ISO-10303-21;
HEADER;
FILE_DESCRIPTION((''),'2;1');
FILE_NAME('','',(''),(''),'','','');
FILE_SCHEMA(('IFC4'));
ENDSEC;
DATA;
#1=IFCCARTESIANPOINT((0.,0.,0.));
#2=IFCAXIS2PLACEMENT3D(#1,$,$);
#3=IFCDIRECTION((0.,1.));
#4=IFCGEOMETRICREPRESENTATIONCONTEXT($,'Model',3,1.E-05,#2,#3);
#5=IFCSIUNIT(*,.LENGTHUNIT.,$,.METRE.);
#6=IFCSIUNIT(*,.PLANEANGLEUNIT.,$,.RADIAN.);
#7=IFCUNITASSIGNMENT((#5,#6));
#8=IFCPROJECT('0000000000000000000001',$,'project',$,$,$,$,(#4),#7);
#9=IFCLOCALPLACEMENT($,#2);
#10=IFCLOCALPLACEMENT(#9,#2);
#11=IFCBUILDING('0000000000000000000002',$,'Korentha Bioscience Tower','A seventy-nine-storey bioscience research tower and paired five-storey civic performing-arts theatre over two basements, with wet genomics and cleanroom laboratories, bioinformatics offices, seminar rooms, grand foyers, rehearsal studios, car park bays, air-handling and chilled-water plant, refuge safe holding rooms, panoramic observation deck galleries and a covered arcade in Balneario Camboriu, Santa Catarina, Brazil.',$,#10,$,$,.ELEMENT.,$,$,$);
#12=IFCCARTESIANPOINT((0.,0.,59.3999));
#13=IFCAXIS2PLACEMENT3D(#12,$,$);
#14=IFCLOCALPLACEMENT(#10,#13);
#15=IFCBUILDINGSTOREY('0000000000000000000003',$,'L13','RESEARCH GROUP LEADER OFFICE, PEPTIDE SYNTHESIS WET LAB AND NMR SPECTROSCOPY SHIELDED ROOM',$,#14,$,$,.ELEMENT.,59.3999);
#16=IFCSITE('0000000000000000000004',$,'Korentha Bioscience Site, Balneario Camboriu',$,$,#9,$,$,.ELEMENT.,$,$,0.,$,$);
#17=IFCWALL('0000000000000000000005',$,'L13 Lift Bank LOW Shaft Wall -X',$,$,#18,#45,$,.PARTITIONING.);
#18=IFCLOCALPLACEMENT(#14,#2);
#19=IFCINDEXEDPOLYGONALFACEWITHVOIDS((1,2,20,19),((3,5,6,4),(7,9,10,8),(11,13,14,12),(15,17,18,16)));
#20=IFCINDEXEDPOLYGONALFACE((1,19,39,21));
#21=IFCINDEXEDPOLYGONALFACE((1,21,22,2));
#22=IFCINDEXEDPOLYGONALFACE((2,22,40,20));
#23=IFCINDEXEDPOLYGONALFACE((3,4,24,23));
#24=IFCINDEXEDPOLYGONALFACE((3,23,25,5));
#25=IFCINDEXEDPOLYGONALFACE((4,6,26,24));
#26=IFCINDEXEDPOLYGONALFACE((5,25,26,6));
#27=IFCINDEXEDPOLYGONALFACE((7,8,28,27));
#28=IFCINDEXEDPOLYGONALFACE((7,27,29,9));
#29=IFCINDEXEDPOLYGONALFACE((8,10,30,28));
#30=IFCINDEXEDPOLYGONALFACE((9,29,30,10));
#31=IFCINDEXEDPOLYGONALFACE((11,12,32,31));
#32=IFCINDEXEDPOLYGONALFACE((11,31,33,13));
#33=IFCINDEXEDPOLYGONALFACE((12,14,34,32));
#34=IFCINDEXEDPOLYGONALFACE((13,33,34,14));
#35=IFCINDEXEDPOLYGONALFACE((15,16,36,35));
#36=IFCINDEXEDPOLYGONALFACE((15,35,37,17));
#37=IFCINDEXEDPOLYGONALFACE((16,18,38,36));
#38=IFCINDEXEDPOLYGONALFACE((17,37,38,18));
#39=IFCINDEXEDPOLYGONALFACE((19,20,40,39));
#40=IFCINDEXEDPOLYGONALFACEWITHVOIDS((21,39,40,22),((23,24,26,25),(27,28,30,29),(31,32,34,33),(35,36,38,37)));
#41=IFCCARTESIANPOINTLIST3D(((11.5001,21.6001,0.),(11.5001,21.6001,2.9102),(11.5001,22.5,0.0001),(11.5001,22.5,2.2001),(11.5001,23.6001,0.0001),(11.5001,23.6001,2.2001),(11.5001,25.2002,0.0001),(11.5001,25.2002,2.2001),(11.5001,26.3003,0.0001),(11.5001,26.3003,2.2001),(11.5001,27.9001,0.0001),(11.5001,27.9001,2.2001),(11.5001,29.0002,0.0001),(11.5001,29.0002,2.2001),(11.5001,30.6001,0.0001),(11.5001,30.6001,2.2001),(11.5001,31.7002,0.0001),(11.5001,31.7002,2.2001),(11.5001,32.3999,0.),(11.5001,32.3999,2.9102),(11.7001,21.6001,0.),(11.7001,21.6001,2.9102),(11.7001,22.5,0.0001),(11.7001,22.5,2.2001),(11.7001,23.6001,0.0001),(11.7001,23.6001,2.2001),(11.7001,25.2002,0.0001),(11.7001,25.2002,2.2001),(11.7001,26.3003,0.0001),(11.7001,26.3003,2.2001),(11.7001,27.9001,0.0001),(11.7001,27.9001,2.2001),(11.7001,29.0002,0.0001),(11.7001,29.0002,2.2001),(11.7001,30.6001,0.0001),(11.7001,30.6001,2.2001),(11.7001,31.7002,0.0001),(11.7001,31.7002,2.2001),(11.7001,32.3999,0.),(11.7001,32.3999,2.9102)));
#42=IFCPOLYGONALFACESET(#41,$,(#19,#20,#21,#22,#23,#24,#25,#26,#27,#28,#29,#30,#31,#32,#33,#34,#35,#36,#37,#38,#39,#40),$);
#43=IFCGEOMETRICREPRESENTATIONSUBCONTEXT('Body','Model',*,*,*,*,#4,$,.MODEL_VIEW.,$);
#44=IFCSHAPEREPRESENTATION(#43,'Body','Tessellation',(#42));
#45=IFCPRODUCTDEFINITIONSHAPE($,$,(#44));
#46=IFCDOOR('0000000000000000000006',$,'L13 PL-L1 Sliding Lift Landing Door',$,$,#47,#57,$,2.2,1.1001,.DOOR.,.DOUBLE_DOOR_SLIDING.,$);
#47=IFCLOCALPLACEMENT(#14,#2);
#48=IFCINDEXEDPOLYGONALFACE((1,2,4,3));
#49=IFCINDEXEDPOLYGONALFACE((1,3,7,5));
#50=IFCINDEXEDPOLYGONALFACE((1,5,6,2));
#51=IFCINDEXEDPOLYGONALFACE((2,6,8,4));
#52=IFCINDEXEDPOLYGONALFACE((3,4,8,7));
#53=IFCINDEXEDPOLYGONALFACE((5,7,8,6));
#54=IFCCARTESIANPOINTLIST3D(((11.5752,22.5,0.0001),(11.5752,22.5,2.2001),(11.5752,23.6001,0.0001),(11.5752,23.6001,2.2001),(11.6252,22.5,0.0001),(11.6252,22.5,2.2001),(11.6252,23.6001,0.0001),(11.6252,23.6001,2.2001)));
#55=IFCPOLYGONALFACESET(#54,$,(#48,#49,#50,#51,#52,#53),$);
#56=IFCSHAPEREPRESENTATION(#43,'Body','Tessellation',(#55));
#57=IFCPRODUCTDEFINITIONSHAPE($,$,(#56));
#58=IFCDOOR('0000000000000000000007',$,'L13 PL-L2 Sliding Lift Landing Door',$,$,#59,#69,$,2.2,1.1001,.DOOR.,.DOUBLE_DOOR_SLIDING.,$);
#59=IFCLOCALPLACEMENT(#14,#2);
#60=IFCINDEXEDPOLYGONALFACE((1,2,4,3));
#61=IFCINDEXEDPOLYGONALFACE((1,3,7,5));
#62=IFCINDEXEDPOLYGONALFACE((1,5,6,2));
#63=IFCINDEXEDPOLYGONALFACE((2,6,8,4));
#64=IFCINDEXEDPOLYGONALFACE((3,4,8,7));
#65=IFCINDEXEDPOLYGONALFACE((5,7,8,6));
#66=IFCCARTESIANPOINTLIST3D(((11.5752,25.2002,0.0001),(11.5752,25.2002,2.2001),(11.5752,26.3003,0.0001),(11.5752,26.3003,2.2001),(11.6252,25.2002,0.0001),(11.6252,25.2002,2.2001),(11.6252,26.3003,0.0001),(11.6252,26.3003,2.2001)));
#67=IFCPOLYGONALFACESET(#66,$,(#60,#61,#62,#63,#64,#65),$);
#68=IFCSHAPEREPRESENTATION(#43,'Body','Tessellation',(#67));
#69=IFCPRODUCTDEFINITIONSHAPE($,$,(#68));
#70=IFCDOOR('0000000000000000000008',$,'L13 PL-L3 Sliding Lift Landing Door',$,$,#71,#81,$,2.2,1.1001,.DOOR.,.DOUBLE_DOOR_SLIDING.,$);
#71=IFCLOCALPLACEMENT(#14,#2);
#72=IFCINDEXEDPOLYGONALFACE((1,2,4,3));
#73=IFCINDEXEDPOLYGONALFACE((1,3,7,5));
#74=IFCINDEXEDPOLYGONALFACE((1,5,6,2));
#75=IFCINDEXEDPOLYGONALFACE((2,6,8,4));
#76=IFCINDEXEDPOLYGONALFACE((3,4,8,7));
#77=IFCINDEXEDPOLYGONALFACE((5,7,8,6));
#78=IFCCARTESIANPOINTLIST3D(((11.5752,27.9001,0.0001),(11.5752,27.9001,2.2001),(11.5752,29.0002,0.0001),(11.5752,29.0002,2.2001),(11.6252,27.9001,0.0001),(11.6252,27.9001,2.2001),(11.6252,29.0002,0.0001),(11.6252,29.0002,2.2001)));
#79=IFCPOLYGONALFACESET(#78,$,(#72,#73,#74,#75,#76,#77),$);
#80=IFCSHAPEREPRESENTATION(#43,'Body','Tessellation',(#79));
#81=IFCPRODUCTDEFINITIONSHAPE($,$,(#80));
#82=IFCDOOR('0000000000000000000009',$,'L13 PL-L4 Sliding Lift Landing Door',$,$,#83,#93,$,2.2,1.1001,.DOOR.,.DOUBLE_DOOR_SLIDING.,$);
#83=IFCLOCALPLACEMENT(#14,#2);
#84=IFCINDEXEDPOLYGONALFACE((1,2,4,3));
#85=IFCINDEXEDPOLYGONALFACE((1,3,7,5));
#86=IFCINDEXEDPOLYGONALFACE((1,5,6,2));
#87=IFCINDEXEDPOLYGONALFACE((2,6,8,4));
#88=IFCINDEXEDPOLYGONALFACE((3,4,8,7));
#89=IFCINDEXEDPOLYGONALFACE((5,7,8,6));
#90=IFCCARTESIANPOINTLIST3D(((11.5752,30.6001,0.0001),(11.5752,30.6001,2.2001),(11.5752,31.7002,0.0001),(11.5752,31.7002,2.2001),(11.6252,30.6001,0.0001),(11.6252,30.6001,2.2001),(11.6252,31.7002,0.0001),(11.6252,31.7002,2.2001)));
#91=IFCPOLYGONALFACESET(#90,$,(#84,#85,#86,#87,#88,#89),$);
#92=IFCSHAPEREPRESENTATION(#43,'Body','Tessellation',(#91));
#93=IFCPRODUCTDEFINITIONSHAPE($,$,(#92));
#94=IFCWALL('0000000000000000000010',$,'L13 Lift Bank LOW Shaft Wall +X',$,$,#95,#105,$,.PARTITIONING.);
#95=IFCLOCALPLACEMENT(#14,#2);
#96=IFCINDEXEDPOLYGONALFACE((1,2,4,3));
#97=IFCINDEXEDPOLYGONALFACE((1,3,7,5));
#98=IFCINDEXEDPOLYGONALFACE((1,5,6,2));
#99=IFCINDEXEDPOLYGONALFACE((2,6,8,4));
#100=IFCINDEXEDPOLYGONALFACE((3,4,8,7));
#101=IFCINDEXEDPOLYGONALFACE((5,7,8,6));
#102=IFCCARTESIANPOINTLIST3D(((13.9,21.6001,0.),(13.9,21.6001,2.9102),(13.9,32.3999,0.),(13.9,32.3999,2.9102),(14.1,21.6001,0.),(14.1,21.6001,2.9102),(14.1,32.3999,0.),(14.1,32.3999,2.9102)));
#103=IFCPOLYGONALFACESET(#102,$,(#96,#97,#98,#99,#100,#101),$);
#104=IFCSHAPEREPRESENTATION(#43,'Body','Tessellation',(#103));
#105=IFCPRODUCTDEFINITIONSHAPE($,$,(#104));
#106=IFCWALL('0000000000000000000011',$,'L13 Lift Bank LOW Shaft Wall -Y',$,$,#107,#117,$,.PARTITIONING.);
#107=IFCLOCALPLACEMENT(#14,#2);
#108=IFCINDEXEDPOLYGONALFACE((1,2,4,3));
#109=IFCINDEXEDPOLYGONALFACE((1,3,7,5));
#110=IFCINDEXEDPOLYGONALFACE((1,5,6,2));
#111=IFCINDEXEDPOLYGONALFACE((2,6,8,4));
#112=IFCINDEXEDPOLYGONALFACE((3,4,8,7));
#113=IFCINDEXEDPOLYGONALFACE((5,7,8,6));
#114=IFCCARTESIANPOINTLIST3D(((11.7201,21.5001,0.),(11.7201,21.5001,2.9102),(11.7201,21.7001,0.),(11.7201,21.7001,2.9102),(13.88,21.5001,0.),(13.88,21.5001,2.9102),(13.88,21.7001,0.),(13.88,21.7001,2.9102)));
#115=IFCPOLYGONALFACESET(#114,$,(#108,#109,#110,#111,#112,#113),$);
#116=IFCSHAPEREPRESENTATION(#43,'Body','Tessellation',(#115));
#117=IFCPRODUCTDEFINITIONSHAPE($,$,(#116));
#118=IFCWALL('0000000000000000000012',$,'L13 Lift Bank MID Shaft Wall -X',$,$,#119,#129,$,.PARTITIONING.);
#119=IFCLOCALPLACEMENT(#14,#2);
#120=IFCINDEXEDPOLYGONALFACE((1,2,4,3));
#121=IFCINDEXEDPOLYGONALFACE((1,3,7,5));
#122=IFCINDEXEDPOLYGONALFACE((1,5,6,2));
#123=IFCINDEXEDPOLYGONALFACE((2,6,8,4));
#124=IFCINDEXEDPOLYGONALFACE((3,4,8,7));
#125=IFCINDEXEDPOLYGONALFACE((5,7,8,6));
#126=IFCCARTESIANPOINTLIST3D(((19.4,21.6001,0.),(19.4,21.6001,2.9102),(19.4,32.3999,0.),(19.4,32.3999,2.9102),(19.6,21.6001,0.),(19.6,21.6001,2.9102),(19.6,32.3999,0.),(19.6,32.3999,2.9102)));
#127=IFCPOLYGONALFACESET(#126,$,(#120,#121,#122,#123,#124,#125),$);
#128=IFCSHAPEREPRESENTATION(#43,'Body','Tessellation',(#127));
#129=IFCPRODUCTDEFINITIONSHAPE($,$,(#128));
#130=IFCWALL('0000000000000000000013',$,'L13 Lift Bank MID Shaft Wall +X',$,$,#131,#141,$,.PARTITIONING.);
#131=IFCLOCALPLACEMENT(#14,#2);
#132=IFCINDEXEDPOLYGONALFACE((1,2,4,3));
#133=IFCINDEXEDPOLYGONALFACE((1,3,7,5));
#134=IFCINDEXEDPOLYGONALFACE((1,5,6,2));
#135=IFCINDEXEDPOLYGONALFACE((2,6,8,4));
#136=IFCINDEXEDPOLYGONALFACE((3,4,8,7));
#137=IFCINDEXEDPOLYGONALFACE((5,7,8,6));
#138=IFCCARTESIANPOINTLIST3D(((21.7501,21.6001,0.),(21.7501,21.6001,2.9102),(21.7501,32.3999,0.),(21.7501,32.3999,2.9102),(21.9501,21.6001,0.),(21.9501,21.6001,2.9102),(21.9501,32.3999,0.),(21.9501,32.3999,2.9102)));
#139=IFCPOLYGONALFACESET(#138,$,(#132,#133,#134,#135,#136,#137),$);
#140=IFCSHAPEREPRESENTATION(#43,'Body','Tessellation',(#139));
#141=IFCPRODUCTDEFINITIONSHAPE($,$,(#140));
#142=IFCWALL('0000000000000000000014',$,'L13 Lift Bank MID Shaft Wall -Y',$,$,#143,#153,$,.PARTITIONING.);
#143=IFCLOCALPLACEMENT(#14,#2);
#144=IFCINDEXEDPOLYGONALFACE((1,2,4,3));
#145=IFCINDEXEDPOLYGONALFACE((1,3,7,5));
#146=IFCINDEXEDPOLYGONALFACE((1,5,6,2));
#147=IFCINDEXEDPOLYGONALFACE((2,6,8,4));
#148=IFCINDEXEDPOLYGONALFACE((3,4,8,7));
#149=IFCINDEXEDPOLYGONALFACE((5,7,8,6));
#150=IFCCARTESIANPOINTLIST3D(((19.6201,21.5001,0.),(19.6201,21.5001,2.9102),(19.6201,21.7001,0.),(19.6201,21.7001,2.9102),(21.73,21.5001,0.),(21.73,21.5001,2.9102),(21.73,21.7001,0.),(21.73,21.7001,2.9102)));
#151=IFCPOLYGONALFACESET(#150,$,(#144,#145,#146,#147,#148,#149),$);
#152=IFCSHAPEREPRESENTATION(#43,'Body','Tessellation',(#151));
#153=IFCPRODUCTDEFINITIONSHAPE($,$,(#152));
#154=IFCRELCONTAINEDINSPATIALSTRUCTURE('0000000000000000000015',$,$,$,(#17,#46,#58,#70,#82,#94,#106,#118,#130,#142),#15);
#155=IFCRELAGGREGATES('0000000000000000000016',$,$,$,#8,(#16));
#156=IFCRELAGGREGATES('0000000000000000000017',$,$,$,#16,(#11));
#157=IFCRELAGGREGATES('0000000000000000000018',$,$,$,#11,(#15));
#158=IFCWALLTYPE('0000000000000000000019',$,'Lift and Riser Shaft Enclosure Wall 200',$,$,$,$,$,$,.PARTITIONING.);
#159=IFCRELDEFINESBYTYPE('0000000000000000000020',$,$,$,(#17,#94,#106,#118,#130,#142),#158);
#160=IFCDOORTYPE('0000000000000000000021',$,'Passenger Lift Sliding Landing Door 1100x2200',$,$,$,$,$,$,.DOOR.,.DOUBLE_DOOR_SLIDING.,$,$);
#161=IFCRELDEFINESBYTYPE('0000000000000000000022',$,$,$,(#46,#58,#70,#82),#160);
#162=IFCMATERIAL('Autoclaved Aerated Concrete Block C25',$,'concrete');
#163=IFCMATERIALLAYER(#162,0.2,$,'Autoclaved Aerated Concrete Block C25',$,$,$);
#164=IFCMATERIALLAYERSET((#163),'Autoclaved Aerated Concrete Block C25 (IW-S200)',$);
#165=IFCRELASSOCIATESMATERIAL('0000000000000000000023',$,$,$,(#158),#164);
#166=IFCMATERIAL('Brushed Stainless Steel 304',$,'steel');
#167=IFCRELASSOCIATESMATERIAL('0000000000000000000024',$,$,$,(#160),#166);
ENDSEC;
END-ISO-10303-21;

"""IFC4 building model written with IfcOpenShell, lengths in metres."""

from ifc_helpers import new_model, si_unit, direction, frame, frame_2d, origin, place, context, subcontext, project, spatial, rectangle, extrude, material, layer, layer_set, type_object, element, fill, save


model = new_model("IFC4")

# Units and contexts
model_context = context("Model", 3, precision=1e-05, world=origin(), true_north=direction((0.0, 1.0)))
body_context = subcontext(model_context, "Body", "Model", "MODEL_VIEW")
ifc_project = project(units=[si_unit("LENGTHUNIT", "METRE"), si_unit("PLANEANGLEUNIT", "RADIAN")], contexts=[model_context])

# Site, building, storey
site_placement = place(None, origin())
site = spatial("IfcSite", under=ifc_project, at=site_placement, Name="Korentha Bioscience Site, Balneario Camboriu", CompositionType="ELEMENT", RefElevation=0.0)
building_placement = place(site_placement, origin())
building = spatial("IfcBuilding", under=site, at=building_placement, Name="Korentha Bioscience Tower", Description="A seventy-nine-storey bioscience research tower and paired five-storey civic performing-arts theatre over two basements, with wet genomics and cleanroom laboratories, bioinformatics offices, seminar rooms, grand foyers, rehearsal studios, car park bays, air-handling and chilled-water plant, refuge safe holding rooms, panoramic observation deck galleries and a covered arcade in Balneario Camboriu, Santa Catarina, Brazil.", CompositionType="ELEMENT")
storey_placement = place(building_placement, frame((0.0, 0.0, 59.3999)))
storey = spatial("IfcBuildingStorey", under=building, at=storey_placement, Name="L13", Description="RESEARCH GROUP LEADER OFFICE, PEPTIDE SYNTHESIS WET LAB AND NMR SPECTROSCOPY SHIELDED ROOM", CompositionType="ELEMENT", Elevation=59.3999)

# Wall, openings, doors
ifc_material_1 = material(Name="Autoclaved Aerated Concrete Block C25", Category="concrete")
ifc_layer_1 = layer(ifc_material_1, 0.2, Name="Autoclaved Aerated Concrete Block C25")
ifc_layer_set_1 = layer_set([ifc_layer_1], Name="Autoclaved Aerated Concrete Block C25 (IW-S200)")
wall_type_1 = type_object("IfcWallType", Name="Lift and Riser Shaft Enclosure Wall 200", PredefinedType="PARTITIONING", material=ifc_layer_set_1)
wall_1_placement = place(storey_placement, frame((11.6001, 21.6001, 0.0), z_axis=(0.0, 0.0, 1.0), x_axis=(0.0, 1.0, 0.0)))
wall_1 = element("IfcWall", 1, at=wall_1_placement, inside=storey, type_object=wall_type_1, Name="L13 Lift Bank LOW Shaft Wall -X", PredefinedType="PARTITIONING", context=body_context, shape_type="SweptSolid", body=[
    extrude(rectangle(XDim=10.7998, YDim=0.2, at=frame_2d((5.3999, 0.0))), origin(), (0.0, 0.0, 1.0), 2.9102),
])
opening_1_placement = place(wall_1_placement, frame((0.8999, 0.0, 0.0)))
opening_1 = element("IfcOpeningElement", 2, at=opening_1_placement, cuts=wall_1, PredefinedType="OPENING", context=body_context, shape_type="SweptSolid", body=[
    extrude(rectangle(XDim=1.1001, YDim=2.2, at=frame_2d((0.55, 1.1001))), frame((0.0, 0.1147, 0.0), z_axis=(0.0, -1.0, 0.0), x_axis=(1.0, 0.0, 0.0)), (0.0, 0.0, 1.0), 0.2297),
])
opening_2_placement = place(wall_1_placement, frame((3.6001, 0.0, 0.0)))
opening_2 = element("IfcOpeningElement", 3, at=opening_2_placement, cuts=wall_1, PredefinedType="OPENING", context=body_context, shape_type="SweptSolid", body=[
    extrude(rectangle(XDim=1.1001, YDim=2.2, at=frame_2d((0.55, 1.1001))), frame((0.0, 0.1147, 0.0), z_axis=(0.0, -1.0, 0.0), x_axis=(1.0, 0.0, 0.0)), (0.0, 0.0, 1.0), 0.2297),
])
opening_3_placement = place(wall_1_placement, frame((6.3, 0.0, 0.0)))
opening_3 = element("IfcOpeningElement", 4, at=opening_3_placement, cuts=wall_1, PredefinedType="OPENING", context=body_context, shape_type="SweptSolid", body=[
    extrude(rectangle(XDim=1.1001, YDim=2.2, at=frame_2d((0.55, 1.1001))), frame((0.0, 0.1147, 0.0), z_axis=(0.0, -1.0, 0.0), x_axis=(1.0, 0.0, 0.0)), (0.0, 0.0, 1.0), 0.2297),
])
opening_4_placement = place(wall_1_placement, frame((9.0, 0.0, 0.0)))
opening_4 = element("IfcOpeningElement", 5, at=opening_4_placement, cuts=wall_1, PredefinedType="OPENING", context=body_context, shape_type="SweptSolid", body=[
    extrude(rectangle(XDim=1.1001, YDim=2.2, at=frame_2d((0.55, 1.1001))), frame((0.0, 0.1147, 0.0), z_axis=(0.0, -1.0, 0.0), x_axis=(1.0, 0.0, 0.0)), (0.0, 0.0, 1.0), 0.2297),
])
ifc_material_2 = material(Name="Brushed Stainless Steel 304", Category="steel")
door_type_1 = type_object("IfcDoorType", Name="Passenger Lift Sliding Landing Door 1100x2200", OperationType="DOUBLE_DOOR_SLIDING", PredefinedType="DOOR", material=ifc_material_2)
door_1_placement = place(opening_1_placement, origin())
door_1 = element("IfcDoor", 6, at=door_1_placement, inside=storey, type_object=door_type_1, Name="L13 PL-L1 Sliding Lift Landing Door", OperationType="DOUBLE_DOOR_SLIDING", OverallHeight=2.2, OverallWidth=1.1001, PredefinedType="DOOR", context=body_context, shape_type="SweptSolid", body=[
    extrude(rectangle(XDim=1.1001, YDim=2.2, at=frame_2d((0.55, 1.1001))), frame((0.0, 0.0249, 0.0), z_axis=(0.0, -1.0, 0.0), x_axis=(1.0, 0.0, 0.0)), (0.0, 0.0, 1.0), 0.05),
])
fill(opening_1, door_1)
door_2_placement = place(opening_2_placement, origin())
door_2 = element("IfcDoor", 7, at=door_2_placement, inside=storey, type_object=door_type_1, Name="L13 PL-L2 Sliding Lift Landing Door", OperationType="DOUBLE_DOOR_SLIDING", OverallHeight=2.2, OverallWidth=1.1001, PredefinedType="DOOR", context=body_context, shape_type="SweptSolid", body=[
    extrude(rectangle(XDim=1.1001, YDim=2.2, at=frame_2d((0.55, 1.1001))), frame((0.0, 0.0249, 0.0), z_axis=(0.0, -1.0, 0.0), x_axis=(1.0, 0.0, 0.0)), (0.0, 0.0, 1.0), 0.05),
])
fill(opening_2, door_2)
door_3_placement = place(opening_3_placement, origin())
door_3 = element("IfcDoor", 8, at=door_3_placement, inside=storey, type_object=door_type_1, Name="L13 PL-L3 Sliding Lift Landing Door", OperationType="DOUBLE_DOOR_SLIDING", OverallHeight=2.2, OverallWidth=1.1001, PredefinedType="DOOR", context=body_context, shape_type="SweptSolid", body=[
    extrude(rectangle(XDim=1.1001, YDim=2.2, at=frame_2d((0.55, 1.1001))), frame((0.0, 0.0249, 0.0), z_axis=(0.0, -1.0, 0.0), x_axis=(1.0, 0.0, 0.0)), (0.0, 0.0, 1.0), 0.05),
])
fill(opening_3, door_3)
door_4_placement = place(opening_4_placement, origin())
door_4 = element("IfcDoor", 9, at=door_4_placement, inside=storey, type_object=door_type_1, Name="L13 PL-L4 Sliding Lift Landing Door", OperationType="DOUBLE_DOOR_SLIDING", OverallHeight=2.2, OverallWidth=1.1001, PredefinedType="DOOR", context=body_context, shape_type="SweptSolid", body=[
    extrude(rectangle(XDim=1.1001, YDim=2.2, at=frame_2d((0.55, 1.1001))), frame((0.0, 0.0249, 0.0), z_axis=(0.0, -1.0, 0.0), x_axis=(1.0, 0.0, 0.0)), (0.0, 0.0, 1.0), 0.05),
])
fill(opening_4, door_4)

# Walls
wall_2_placement = place(storey_placement, frame((14.0, 21.6001, 0.0), z_axis=(0.0, 0.0, 1.0), x_axis=(0.0, 1.0, 0.0)))
element("IfcWall", 10, at=wall_2_placement, inside=storey, type_object=wall_type_1, Name="L13 Lift Bank LOW Shaft Wall +X", PredefinedType="PARTITIONING", context=body_context, shape_type="SweptSolid", body=[
    extrude(rectangle(XDim=10.7998, YDim=0.2, at=frame_2d((5.3999, 0.0))), origin(), (0.0, 0.0, 1.0), 2.9102),
])
wall_3_placement = place(storey_placement, frame((11.72, 21.6001, 0.0), z_axis=(0.0, 0.0, 1.0), x_axis=(1.0, 0.0, 0.0)))
element("IfcWall", 11, at=wall_3_placement, inside=storey, type_object=wall_type_1, Name="L13 Lift Bank LOW Shaft Wall -Y", PredefinedType="PARTITIONING", context=body_context, shape_type="SweptSolid", body=[
    extrude(rectangle(XDim=2.1599, YDim=0.2, at=frame_2d((1.0801, 0.0))), origin(), (0.0, 0.0, 1.0), 2.9102),
])
for number, where, z_axis, x_axis, name in (
    (12, (19.5, 21.6001, 0.0), (0.0, 0.0, 1.0), (0.0, 1.0, 0.0), "L13 Lift Bank MID Shaft Wall -X"),
    (13, (21.8501, 21.6001, 0.0), (0.0, 0.0, 1.0), (0.0, 1.0, 0.0), "L13 Lift Bank MID Shaft Wall +X"),
):
    element("IfcWall", number, at=place(storey_placement, frame(where, z_axis=z_axis, x_axis=x_axis)), inside=storey, type_object=wall_type_1, Name=name, PredefinedType="PARTITIONING", context=body_context, shape_type="SweptSolid", body=[
        extrude(rectangle(XDim=10.7998, YDim=0.2, at=frame_2d((5.3999, 0.0))), origin(), (0.0, 0.0, 1.0), 2.9102),
    ])
wall_4_placement = place(storey_placement, frame((19.6201, 21.6001, 0.0), z_axis=(0.0, 0.0, 1.0), x_axis=(1.0, 0.0, 0.0)))
element("IfcWall", 14, at=wall_4_placement, inside=storey, type_object=wall_type_1, Name="L13 Lift Bank MID Shaft Wall -Y", PredefinedType="PARTITIONING", context=body_context, shape_type="SweptSolid", body=[
    extrude(rectangle(XDim=2.1099, YDim=0.2, at=frame_2d((1.0549, 0.0))), origin(), (0.0, 0.0, 1.0), 2.9102),
])

save(model, "model.ifc")
